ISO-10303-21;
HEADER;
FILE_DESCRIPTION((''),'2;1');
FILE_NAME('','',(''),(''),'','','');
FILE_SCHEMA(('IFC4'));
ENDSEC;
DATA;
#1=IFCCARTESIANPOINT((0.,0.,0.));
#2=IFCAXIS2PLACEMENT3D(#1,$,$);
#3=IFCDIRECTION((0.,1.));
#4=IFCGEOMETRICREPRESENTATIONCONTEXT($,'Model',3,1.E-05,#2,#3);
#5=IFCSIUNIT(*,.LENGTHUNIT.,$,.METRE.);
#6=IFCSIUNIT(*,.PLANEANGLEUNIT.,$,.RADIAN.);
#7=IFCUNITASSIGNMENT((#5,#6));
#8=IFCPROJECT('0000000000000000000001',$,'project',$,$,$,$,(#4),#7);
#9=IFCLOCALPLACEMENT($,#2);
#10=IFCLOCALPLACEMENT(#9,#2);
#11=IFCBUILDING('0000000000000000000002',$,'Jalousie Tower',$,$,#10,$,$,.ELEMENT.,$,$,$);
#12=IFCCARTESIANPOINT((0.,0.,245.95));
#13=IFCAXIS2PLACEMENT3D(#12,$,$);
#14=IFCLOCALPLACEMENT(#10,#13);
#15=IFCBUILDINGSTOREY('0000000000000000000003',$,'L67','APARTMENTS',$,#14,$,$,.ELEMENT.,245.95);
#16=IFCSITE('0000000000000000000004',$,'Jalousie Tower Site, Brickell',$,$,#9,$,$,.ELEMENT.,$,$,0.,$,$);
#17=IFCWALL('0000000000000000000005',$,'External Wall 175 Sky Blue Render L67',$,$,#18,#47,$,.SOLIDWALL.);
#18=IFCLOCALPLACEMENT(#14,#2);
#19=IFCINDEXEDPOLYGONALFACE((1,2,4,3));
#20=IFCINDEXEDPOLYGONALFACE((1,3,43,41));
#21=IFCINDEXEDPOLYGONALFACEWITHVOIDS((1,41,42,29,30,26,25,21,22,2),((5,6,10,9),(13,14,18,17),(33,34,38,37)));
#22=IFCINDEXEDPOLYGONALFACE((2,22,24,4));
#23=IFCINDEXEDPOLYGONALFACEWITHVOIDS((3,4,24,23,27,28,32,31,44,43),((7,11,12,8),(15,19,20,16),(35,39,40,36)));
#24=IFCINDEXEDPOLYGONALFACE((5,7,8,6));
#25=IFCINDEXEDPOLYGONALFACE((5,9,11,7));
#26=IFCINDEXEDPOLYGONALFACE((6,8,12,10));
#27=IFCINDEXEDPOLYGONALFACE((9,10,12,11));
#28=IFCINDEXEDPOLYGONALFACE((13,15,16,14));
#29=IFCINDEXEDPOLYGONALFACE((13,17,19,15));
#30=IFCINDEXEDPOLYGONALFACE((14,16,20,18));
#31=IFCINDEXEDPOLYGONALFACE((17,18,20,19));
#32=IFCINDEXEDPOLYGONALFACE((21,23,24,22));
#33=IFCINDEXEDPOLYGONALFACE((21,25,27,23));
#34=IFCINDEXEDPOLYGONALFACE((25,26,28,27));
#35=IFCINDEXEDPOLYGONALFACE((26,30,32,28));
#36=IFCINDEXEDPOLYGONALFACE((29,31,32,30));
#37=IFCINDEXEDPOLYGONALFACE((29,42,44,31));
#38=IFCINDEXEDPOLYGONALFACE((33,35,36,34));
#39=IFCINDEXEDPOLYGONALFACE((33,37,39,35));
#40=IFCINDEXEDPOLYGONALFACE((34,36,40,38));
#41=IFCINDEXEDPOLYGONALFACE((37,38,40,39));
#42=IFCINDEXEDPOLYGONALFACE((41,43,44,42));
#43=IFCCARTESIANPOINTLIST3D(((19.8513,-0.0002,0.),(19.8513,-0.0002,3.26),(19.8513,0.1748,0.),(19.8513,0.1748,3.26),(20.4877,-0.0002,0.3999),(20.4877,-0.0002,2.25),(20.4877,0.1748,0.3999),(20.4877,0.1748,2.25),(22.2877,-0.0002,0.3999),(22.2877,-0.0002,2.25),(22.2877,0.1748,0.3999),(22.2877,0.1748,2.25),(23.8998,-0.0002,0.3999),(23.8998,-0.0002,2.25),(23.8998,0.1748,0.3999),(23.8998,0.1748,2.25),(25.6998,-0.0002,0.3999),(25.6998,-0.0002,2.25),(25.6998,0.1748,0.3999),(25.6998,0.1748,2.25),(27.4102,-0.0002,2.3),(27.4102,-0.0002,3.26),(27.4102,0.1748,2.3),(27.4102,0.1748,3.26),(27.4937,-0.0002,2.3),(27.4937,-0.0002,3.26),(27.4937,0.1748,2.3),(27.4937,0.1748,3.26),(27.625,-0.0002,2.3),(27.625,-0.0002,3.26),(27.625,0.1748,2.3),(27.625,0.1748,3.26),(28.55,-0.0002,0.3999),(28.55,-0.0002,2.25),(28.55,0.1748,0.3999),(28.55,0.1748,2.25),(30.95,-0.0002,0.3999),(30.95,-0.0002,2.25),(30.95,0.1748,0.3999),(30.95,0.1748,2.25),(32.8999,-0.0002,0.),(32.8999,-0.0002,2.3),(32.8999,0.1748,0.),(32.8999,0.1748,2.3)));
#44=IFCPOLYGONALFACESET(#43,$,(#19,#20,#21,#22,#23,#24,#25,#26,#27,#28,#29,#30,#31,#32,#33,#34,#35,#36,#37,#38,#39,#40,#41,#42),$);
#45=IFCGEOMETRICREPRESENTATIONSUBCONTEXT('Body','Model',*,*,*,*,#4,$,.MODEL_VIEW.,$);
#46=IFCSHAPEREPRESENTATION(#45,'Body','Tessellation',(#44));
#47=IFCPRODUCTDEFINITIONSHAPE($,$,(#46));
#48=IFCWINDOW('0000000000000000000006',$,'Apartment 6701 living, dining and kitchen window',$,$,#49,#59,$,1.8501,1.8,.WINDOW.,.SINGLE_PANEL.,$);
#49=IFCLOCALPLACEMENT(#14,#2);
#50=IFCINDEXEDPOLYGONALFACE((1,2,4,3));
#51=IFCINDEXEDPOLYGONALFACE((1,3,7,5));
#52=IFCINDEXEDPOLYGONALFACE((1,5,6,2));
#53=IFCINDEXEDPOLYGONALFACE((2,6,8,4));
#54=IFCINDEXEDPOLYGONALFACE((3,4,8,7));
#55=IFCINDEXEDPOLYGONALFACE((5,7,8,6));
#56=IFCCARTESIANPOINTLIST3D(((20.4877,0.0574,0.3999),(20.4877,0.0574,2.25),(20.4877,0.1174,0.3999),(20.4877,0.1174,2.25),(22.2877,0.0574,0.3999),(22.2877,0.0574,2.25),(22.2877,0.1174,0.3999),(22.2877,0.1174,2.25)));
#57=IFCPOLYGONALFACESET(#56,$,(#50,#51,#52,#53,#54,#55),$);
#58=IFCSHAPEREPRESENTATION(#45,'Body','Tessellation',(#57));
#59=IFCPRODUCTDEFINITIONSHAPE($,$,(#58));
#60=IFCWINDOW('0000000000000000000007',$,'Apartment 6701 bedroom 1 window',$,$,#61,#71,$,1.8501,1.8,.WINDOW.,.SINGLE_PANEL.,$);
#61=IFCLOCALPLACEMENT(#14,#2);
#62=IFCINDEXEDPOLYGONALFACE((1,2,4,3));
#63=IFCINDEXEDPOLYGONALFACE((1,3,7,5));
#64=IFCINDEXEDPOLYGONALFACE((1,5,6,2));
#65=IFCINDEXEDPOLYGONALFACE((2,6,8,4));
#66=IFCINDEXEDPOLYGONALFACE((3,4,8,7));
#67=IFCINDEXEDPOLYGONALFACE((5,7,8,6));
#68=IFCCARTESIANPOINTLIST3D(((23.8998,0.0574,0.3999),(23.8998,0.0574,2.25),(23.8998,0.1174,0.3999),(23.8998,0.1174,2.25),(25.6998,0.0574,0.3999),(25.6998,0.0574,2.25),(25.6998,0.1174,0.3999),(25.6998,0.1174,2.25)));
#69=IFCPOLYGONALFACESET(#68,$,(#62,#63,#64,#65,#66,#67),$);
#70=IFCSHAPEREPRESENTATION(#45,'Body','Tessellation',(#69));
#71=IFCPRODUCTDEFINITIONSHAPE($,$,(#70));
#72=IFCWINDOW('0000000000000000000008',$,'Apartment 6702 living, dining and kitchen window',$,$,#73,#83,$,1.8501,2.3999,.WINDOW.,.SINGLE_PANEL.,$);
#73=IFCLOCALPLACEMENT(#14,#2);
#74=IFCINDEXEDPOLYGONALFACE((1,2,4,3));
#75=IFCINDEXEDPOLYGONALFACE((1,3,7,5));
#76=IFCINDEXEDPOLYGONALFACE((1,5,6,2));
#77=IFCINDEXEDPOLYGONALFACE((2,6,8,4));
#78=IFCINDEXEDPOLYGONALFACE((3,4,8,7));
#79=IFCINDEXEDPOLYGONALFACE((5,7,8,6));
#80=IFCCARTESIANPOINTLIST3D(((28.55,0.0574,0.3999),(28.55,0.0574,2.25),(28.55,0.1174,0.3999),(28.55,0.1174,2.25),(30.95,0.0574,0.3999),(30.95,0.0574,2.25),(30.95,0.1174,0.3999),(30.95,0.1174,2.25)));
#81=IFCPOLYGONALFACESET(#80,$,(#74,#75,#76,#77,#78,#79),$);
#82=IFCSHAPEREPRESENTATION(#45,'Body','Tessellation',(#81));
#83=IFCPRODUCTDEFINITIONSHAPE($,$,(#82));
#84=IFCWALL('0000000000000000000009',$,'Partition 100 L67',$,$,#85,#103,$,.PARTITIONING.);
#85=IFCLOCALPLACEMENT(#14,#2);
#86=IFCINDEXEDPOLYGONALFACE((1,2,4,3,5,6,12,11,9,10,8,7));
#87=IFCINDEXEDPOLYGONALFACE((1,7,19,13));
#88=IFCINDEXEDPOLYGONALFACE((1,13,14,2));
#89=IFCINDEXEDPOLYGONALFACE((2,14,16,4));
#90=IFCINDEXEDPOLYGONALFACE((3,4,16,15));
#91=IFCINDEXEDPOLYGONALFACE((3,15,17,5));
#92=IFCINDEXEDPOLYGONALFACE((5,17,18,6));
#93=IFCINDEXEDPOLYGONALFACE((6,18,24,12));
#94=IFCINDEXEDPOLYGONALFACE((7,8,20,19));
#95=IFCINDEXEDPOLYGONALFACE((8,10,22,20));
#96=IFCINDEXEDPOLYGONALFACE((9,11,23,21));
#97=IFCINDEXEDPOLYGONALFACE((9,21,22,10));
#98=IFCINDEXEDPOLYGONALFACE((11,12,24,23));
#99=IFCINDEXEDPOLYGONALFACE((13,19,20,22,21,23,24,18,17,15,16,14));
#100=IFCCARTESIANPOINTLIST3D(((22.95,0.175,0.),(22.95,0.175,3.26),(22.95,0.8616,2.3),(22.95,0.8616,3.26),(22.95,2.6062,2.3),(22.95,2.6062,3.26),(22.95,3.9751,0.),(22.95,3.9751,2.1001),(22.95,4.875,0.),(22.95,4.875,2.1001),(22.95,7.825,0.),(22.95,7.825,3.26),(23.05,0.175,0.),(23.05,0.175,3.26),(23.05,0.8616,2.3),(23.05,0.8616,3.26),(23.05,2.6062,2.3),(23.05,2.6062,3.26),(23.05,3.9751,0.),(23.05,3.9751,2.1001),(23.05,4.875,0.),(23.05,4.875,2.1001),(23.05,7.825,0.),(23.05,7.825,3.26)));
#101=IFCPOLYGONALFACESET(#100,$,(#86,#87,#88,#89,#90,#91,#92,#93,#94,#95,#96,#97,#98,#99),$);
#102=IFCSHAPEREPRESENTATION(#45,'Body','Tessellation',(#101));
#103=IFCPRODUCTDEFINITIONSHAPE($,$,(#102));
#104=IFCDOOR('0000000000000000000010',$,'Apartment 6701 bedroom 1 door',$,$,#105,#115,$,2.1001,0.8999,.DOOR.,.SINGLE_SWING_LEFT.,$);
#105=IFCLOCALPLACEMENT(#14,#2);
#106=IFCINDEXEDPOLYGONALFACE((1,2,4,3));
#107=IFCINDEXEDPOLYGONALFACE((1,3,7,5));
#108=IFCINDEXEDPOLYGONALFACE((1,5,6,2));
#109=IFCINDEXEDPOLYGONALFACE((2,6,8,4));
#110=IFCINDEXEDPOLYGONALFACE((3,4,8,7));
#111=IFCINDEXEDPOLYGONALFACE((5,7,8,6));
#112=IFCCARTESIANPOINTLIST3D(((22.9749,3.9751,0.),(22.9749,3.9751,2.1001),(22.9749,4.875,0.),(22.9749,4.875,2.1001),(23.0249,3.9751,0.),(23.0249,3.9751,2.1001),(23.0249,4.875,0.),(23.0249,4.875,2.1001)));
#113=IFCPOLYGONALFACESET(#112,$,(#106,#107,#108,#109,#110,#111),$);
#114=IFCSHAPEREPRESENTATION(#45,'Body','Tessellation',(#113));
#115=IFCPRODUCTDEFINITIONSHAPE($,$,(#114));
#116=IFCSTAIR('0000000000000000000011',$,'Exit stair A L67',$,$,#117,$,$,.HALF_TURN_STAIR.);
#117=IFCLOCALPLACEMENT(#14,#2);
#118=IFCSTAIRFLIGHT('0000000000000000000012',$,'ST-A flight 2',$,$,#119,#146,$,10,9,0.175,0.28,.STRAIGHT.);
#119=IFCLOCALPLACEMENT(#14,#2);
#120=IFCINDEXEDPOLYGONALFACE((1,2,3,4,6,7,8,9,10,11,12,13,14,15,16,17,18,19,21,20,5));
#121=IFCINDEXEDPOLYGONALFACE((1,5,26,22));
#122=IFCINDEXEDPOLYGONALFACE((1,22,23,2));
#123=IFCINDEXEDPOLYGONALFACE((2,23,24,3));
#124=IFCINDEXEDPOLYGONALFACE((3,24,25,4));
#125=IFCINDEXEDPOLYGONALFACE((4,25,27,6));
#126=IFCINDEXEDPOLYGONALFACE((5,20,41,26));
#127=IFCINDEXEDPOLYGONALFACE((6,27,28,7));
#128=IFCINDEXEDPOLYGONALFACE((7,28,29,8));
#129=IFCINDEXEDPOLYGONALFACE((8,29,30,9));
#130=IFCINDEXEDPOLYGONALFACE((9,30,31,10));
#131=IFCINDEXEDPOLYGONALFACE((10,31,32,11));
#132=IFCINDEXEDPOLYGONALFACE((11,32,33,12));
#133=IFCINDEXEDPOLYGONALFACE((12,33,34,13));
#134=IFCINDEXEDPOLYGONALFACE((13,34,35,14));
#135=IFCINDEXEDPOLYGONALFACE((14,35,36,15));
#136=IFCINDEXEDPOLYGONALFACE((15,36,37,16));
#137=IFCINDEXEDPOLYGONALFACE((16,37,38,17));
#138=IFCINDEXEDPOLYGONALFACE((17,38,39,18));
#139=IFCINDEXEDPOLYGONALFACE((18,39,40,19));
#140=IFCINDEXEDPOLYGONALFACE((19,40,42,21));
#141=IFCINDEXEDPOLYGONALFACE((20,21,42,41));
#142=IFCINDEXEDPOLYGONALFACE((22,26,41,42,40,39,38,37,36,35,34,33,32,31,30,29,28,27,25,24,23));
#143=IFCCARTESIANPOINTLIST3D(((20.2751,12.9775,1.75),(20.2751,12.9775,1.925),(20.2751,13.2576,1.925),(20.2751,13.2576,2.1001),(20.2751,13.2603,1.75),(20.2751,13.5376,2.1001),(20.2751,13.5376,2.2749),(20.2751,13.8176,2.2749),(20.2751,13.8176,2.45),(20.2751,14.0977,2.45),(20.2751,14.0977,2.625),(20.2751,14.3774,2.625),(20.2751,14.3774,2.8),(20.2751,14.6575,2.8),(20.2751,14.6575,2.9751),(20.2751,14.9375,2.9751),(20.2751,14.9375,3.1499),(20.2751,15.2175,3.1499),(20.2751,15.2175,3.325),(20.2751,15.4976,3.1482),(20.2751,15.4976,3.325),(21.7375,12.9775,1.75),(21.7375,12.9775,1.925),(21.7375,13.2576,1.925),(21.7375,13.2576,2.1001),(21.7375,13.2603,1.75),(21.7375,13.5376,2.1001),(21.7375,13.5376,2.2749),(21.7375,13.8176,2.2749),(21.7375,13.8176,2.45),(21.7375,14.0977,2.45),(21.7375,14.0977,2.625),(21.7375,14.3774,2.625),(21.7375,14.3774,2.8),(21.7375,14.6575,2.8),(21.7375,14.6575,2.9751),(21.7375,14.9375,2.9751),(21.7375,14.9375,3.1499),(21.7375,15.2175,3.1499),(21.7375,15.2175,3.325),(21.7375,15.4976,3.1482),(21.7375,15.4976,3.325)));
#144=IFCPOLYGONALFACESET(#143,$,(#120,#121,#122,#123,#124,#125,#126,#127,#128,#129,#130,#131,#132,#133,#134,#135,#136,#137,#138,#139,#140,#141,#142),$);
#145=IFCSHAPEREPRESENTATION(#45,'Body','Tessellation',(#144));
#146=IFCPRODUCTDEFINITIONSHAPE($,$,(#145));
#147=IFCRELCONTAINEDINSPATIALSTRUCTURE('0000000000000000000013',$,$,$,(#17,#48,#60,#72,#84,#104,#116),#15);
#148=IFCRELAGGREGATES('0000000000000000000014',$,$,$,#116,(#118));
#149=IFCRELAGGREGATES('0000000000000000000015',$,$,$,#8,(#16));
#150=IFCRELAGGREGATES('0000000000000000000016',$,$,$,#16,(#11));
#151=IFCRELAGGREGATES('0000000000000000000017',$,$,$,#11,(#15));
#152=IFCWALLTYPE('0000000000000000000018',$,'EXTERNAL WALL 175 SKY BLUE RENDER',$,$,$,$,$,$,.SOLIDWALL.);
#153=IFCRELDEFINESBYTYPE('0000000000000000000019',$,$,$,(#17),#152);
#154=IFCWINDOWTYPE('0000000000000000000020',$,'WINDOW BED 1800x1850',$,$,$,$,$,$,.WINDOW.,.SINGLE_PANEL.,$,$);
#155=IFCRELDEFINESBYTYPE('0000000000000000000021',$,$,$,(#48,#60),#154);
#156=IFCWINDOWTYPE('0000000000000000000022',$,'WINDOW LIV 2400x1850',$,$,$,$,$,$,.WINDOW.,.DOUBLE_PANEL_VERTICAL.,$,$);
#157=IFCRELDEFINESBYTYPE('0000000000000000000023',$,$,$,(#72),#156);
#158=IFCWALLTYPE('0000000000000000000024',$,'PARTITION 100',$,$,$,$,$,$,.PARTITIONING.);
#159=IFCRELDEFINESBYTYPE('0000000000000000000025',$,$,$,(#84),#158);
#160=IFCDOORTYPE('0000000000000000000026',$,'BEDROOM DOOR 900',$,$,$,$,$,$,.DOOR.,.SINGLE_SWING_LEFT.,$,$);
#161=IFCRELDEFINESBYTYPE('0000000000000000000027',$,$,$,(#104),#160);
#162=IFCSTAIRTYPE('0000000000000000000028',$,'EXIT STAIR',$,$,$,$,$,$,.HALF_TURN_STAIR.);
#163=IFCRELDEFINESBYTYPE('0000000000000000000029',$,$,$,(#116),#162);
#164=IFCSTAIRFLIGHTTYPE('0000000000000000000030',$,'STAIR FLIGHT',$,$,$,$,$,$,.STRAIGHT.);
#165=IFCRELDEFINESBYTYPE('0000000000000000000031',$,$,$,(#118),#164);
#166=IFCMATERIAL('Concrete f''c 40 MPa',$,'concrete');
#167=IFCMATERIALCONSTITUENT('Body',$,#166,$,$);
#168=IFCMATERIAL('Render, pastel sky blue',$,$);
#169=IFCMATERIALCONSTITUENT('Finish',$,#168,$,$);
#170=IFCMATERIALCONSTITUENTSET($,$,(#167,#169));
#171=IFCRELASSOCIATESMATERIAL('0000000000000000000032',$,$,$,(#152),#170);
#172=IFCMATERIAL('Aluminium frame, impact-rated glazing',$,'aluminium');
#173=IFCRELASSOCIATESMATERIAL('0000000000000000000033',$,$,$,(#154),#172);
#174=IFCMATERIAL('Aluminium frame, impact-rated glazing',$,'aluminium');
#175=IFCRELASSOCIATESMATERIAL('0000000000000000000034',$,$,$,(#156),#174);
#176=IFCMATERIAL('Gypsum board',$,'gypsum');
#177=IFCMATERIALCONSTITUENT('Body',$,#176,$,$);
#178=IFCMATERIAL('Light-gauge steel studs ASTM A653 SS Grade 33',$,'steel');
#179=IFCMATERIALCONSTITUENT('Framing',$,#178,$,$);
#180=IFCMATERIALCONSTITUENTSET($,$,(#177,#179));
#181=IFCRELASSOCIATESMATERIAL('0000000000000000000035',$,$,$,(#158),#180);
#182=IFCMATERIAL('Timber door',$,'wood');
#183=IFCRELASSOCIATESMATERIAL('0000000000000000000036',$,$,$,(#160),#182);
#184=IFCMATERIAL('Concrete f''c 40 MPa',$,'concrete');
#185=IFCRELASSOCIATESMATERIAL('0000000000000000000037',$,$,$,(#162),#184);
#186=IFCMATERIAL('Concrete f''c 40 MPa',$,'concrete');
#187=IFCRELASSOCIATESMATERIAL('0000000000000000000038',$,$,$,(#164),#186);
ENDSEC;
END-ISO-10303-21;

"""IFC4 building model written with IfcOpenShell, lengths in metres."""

from ifc_helpers import new_model, si_unit, direction, frame, frame_2d, origin, place, context, subcontext, project, spatial, polyline, rectangle, outline, extrude, material, constituent, constituent_set, type_object, element, fill, aggregate, save


model = new_model("IFC4")

# Units and contexts
model_context = context("Model", 3, precision=1e-05, world=origin(), true_north=direction((0.0, 1.0)))
body_context = subcontext(model_context, "Body", "Model", "MODEL_VIEW")
ifc_project = project(units=[si_unit("LENGTHUNIT", "METRE"), si_unit("PLANEANGLEUNIT", "RADIAN")], contexts=[model_context])

# Site, building, storey
site_placement = place(None, origin())
site = spatial("IfcSite", under=ifc_project, at=site_placement, Name="Jalousie Tower Site, Brickell", CompositionType="ELEMENT", RefElevation=0.0)
building_placement = place(site_placement, origin())
building = spatial("IfcBuilding", under=site, at=building_placement, Name="Jalousie Tower", CompositionType="ELEMENT")
storey_placement = place(building_placement, frame((0.0, 0.0, 245.95)))
storey = spatial("IfcBuildingStorey", under=building, at=storey_placement, Name="L67", Description="APARTMENTS", CompositionType="ELEMENT", Elevation=245.95)

# Wall, openings, windows
ifc_material_1 = material(Name="Concrete f'c 40 MPa", Category="concrete")
ifc_constituent_1 = constituent(ifc_material_1, Name="Body")
ifc_material_2 = material(Name="Render, pastel sky blue")
ifc_constituent_2 = constituent(ifc_material_2, Name="Finish")
ifc_constituent_set_1 = constituent_set(constituents=[ifc_constituent_1, ifc_constituent_2])
wall_type_1 = type_object("IfcWallType", Name="EXTERNAL WALL 175 SKY BLUE RENDER", PredefinedType="SOLIDWALL", material=ifc_constituent_set_1)
wall_1_placement = place(storey_placement, frame((19.8513, 0.0874, 0.0), z_axis=(0.0, 0.0, 1.0), x_axis=(1.0, 0.0, 0.0)))
wall_1 = element("IfcWall", 1, at=wall_1_placement, inside=storey, type_object=wall_type_1, Name="External Wall 175 Sky Blue Render L67", PredefinedType="SOLIDWALL", context=body_context, shape_type="SweptSolid", body=[
    extrude(outline(polyline([(0.0, 0.0), (13.0486, 0.0), (13.0486, 2.3), (7.7737, 2.3), (7.7737, 3.26), (7.6423, 3.26), (7.6423, 2.3), (7.5588, 2.3), (7.5588, 3.26), (0.0, 3.26), (0.0, 0.0)])), frame((0.0, 0.0874, 0.0), z_axis=(0.0, -1.0, 0.0), x_axis=(1.0, 0.0, 0.0)), (0.0, 0.0, 1.0), 0.175),
])
opening_1_placement = place(wall_1_placement, frame((0.6365, 0.0, 0.3999)))
opening_1 = element("IfcOpeningElement", 2, at=opening_1_placement, cuts=wall_1, PredefinedType="OPENING", context=body_context, shape_type="SweptSolid", body=[
    extrude(rectangle(XDim=1.8, YDim=1.8501, at=frame_2d((0.8999, 0.925))), frame((0.0, 0.0974, 0.0), z_axis=(0.0, -1.0, 0.0), x_axis=(1.0, 0.0, 0.0)), (0.0, 0.0, 1.0), 0.1951),
])
opening_2_placement = place(wall_1_placement, frame((4.0486, 0.0, 0.3999)))
opening_2 = element("IfcOpeningElement", 3, at=opening_2_placement, cuts=wall_1, PredefinedType="OPENING", context=body_context, shape_type="SweptSolid", body=[
    extrude(rectangle(XDim=1.8, YDim=1.8501, at=frame_2d((0.8999, 0.925))), frame((0.0, 0.0974, 0.0), z_axis=(0.0, -1.0, 0.0), x_axis=(1.0, 0.0, 0.0)), (0.0, 0.0, 1.0), 0.1951),
])
opening_3_placement = place(wall_1_placement, frame((8.6987, 0.0, 0.3999)))
opening_3 = element("IfcOpeningElement", 4, at=opening_3_placement, cuts=wall_1, PredefinedType="OPENING", context=body_context, shape_type="SweptSolid", body=[
    extrude(rectangle(XDim=2.3999, YDim=1.8501, at=frame_2d((1.2, 0.925))), frame((0.0, 0.0974, 0.0), z_axis=(0.0, -1.0, 0.0), x_axis=(1.0, 0.0, 0.0)), (0.0, 0.0, 1.0), 0.1951),
])
ifc_material_3 = material(Name="Aluminium frame, impact-rated glazing", Category="aluminium")
window_type_1 = type_object("IfcWindowType", Name="WINDOW BED 1800x1850", PartitioningType="SINGLE_PANEL", PredefinedType="WINDOW", material=ifc_material_3)
window_1_placement = place(opening_1_placement, origin())
window_1 = element("IfcWindow", 5, at=window_1_placement, inside=storey, type_object=window_type_1, Name="Apartment 6701 living, dining and kitchen window", OverallHeight=1.8501, OverallWidth=1.8, PartitioningType="SINGLE_PANEL", PredefinedType="WINDOW", context=body_context, shape_type="SweptSolid", body=[
    extrude(rectangle(XDim=1.8, YDim=1.8501, at=frame_2d((0.8999, 0.925))), frame((0.0, 0.03, 0.0), z_axis=(0.0, -1.0, 0.0), x_axis=(1.0, 0.0, 0.0)), (0.0, 0.0, 1.0), 0.0601),
])
fill(opening_1, window_1)
window_2_placement = place(opening_2_placement, origin())
window_2 = element("IfcWindow", 6, at=window_2_placement, inside=storey, type_object=window_type_1, Name="Apartment 6701 bedroom 1 window", OverallHeight=1.8501, OverallWidth=1.8, PartitioningType="SINGLE_PANEL", PredefinedType="WINDOW", context=body_context, shape_type="SweptSolid", body=[
    extrude(rectangle(XDim=1.8, YDim=1.8501, at=frame_2d((0.8999, 0.925))), frame((0.0, 0.03, 0.0), z_axis=(0.0, -1.0, 0.0), x_axis=(1.0, 0.0, 0.0)), (0.0, 0.0, 1.0), 0.0601),
])
fill(opening_2, window_2)
ifc_material_4 = material(Name="Aluminium frame, impact-rated glazing", Category="aluminium")
window_type_2 = type_object("IfcWindowType", Name="WINDOW LIV 2400x1850", PartitioningType="DOUBLE_PANEL_VERTICAL", PredefinedType="WINDOW", material=ifc_material_4)
window_3_placement = place(opening_3_placement, origin())
window_3 = element("IfcWindow", 7, at=window_3_placement, inside=storey, type_object=window_type_2, Name="Apartment 6702 living, dining and kitchen window", OverallHeight=1.8501, OverallWidth=2.3999, PartitioningType="SINGLE_PANEL", PredefinedType="WINDOW", context=body_context, shape_type="SweptSolid", body=[
    extrude(rectangle(XDim=2.3999, YDim=1.8501, at=frame_2d((1.2, 0.925))), frame((0.0, 0.03, 0.0), z_axis=(0.0, -1.0, 0.0), x_axis=(1.0, 0.0, 0.0)), (0.0, 0.0, 1.0), 0.0601),
])
fill(opening_3, window_3)

# Wall, opening, door
ifc_material_5 = material(Name="Gypsum board", Category="gypsum")
ifc_constituent_3 = constituent(ifc_material_5, Name="Body")
ifc_material_6 = material(Name="Light-gauge steel studs ASTM A653 SS Grade 33", Category="steel")
ifc_constituent_4 = constituent(ifc_material_6, Name="Framing")
ifc_constituent_set_2 = constituent_set(constituents=[ifc_constituent_3, ifc_constituent_4])
wall_type_2 = type_object("IfcWallType", Name="PARTITION 100", PredefinedType="PARTITIONING", material=ifc_constituent_set_2)
wall_2_placement = place(storey_placement, frame((23.0, 0.175, 0.0), z_axis=(0.0, 0.0, 1.0), x_axis=(0.0, 1.0, 0.0)))
wall_2 = element("IfcWall", 8, at=wall_2_placement, inside=storey, type_object=wall_type_2, Name="Partition 100 L67", PredefinedType="PARTITIONING", context=body_context, shape_type="SweptSolid", body=[
    extrude(outline(polyline([(0.0, 0.0), (7.6499, 0.0), (7.6499, 3.26), (2.4312, 3.26), (2.4312, 2.3), (0.6865, 2.3), (0.6865, 3.26), (0.0, 3.26), (0.0, 0.0)])), frame((0.0, 0.05, 0.0), z_axis=(0.0, -1.0, 0.0), x_axis=(1.0, 0.0, 0.0)), (0.0, 0.0, 1.0), 0.1001),
])
opening_4_placement = place(wall_2_placement, frame((3.8, 0.0, 0.0)))
opening_4 = element("IfcOpeningElement", 9, at=opening_4_placement, cuts=wall_2, PredefinedType="OPENING", context=body_context, shape_type="SweptSolid", body=[
    extrude(rectangle(XDim=0.8999, YDim=2.1001, at=frame_2d((0.45, 1.05))), frame((0.0, 0.0601, 0.0), z_axis=(0.0, -1.0, 0.0), x_axis=(1.0, 0.0, 0.0)), (0.0, 0.0, 1.0), 0.1201),
])
ifc_material_7 = material(Name="Timber door", Category="wood")
door_type_1 = type_object("IfcDoorType", Name="BEDROOM DOOR 900", OperationType="SINGLE_SWING_LEFT", PredefinedType="DOOR", material=ifc_material_7)
door_1_placement = place(opening_4_placement, frame((0.8999, 0.0, 0.0), z_axis=(0.0, 0.0, 1.0), x_axis=(-1.0, 0.0, 0.0)))
door_1 = element("IfcDoor", 10, at=door_1_placement, inside=storey, type_object=door_type_1, Name="Apartment 6701 bedroom 1 door", OperationType="SINGLE_SWING_LEFT", OverallHeight=2.1001, OverallWidth=0.8999, PredefinedType="DOOR", context=body_context, shape_type="SweptSolid", body=[
    extrude(rectangle(XDim=0.8999, YDim=2.1001, at=frame_2d((0.45, 1.05))), frame((0.0, 0.0249, 0.0), z_axis=(0.0, -1.0, 0.0), x_axis=(1.0, 0.0, 0.0)), (0.0, 0.0, 1.0), 0.05),
])
fill(opening_4, door_1)

# Stair, stair flight
ifc_material_8 = material(Name="Concrete f'c 40 MPa", Category="concrete")
stair_type = type_object("IfcStairType", Name="EXIT STAIR", PredefinedType="HALF_TURN_STAIR", material=ifc_material_8)
stair_placement = place(storey_placement, origin())
stair = element("IfcStair", 11, at=stair_placement, inside=storey, type_object=stair_type, Name="Exit stair A L67", PredefinedType="HALF_TURN_STAIR")
ifc_material_9 = material(Name="Concrete f'c 40 MPa", Category="concrete")
stair_flight_type = type_object("IfcStairFlightType", Name="STAIR FLIGHT", PredefinedType="STRAIGHT", material=ifc_material_9)
stair_flight_placement = place(storey_placement, frame((21.0063, 12.9775, 1.75), z_axis=(0.0, 0.0, 1.0), x_axis=(0.0, 1.0, 0.0)))
stair_flight = element("IfcStairFlight", 12, at=stair_flight_placement, type_object=stair_flight_type, Name="ST-A flight 2", NumberOfRisers=10, NumberOfTreads=9, PredefinedType="STRAIGHT", RiserHeight=0.175, TreadLength=0.28, context=body_context, shape_type="SweptSolid", body=[
    extrude(outline(polyline([(0.0, 0.0), (0.0, 0.175), (0.28, 0.175), (0.28, 0.3501), (0.5601, 0.3501), (0.5601, 0.5249), (0.8401, 0.5249), (0.8401, 0.7), (1.1201, 0.7), (1.1201, 0.875), (1.3999, 0.875), (1.3999, 1.05), (1.6799, 1.05), (1.6799, 1.2251), (1.96, 1.2251), (1.96, 1.3999), (2.24, 1.3999), (2.24, 1.575), (2.52, 1.575), (2.52, 1.75), (2.52, 1.3982), (0.2827, 0.0), (0.0, 0.0)])), frame((0.0, 0.7312, 0.0), z_axis=(0.0, -1.0, 0.0), x_axis=(1.0, 0.0, 0.0)), (0.0, 0.0, 1.0), 1.4624),
])
aggregate(stair, [stair_flight])

save(model, "model.ifc")
